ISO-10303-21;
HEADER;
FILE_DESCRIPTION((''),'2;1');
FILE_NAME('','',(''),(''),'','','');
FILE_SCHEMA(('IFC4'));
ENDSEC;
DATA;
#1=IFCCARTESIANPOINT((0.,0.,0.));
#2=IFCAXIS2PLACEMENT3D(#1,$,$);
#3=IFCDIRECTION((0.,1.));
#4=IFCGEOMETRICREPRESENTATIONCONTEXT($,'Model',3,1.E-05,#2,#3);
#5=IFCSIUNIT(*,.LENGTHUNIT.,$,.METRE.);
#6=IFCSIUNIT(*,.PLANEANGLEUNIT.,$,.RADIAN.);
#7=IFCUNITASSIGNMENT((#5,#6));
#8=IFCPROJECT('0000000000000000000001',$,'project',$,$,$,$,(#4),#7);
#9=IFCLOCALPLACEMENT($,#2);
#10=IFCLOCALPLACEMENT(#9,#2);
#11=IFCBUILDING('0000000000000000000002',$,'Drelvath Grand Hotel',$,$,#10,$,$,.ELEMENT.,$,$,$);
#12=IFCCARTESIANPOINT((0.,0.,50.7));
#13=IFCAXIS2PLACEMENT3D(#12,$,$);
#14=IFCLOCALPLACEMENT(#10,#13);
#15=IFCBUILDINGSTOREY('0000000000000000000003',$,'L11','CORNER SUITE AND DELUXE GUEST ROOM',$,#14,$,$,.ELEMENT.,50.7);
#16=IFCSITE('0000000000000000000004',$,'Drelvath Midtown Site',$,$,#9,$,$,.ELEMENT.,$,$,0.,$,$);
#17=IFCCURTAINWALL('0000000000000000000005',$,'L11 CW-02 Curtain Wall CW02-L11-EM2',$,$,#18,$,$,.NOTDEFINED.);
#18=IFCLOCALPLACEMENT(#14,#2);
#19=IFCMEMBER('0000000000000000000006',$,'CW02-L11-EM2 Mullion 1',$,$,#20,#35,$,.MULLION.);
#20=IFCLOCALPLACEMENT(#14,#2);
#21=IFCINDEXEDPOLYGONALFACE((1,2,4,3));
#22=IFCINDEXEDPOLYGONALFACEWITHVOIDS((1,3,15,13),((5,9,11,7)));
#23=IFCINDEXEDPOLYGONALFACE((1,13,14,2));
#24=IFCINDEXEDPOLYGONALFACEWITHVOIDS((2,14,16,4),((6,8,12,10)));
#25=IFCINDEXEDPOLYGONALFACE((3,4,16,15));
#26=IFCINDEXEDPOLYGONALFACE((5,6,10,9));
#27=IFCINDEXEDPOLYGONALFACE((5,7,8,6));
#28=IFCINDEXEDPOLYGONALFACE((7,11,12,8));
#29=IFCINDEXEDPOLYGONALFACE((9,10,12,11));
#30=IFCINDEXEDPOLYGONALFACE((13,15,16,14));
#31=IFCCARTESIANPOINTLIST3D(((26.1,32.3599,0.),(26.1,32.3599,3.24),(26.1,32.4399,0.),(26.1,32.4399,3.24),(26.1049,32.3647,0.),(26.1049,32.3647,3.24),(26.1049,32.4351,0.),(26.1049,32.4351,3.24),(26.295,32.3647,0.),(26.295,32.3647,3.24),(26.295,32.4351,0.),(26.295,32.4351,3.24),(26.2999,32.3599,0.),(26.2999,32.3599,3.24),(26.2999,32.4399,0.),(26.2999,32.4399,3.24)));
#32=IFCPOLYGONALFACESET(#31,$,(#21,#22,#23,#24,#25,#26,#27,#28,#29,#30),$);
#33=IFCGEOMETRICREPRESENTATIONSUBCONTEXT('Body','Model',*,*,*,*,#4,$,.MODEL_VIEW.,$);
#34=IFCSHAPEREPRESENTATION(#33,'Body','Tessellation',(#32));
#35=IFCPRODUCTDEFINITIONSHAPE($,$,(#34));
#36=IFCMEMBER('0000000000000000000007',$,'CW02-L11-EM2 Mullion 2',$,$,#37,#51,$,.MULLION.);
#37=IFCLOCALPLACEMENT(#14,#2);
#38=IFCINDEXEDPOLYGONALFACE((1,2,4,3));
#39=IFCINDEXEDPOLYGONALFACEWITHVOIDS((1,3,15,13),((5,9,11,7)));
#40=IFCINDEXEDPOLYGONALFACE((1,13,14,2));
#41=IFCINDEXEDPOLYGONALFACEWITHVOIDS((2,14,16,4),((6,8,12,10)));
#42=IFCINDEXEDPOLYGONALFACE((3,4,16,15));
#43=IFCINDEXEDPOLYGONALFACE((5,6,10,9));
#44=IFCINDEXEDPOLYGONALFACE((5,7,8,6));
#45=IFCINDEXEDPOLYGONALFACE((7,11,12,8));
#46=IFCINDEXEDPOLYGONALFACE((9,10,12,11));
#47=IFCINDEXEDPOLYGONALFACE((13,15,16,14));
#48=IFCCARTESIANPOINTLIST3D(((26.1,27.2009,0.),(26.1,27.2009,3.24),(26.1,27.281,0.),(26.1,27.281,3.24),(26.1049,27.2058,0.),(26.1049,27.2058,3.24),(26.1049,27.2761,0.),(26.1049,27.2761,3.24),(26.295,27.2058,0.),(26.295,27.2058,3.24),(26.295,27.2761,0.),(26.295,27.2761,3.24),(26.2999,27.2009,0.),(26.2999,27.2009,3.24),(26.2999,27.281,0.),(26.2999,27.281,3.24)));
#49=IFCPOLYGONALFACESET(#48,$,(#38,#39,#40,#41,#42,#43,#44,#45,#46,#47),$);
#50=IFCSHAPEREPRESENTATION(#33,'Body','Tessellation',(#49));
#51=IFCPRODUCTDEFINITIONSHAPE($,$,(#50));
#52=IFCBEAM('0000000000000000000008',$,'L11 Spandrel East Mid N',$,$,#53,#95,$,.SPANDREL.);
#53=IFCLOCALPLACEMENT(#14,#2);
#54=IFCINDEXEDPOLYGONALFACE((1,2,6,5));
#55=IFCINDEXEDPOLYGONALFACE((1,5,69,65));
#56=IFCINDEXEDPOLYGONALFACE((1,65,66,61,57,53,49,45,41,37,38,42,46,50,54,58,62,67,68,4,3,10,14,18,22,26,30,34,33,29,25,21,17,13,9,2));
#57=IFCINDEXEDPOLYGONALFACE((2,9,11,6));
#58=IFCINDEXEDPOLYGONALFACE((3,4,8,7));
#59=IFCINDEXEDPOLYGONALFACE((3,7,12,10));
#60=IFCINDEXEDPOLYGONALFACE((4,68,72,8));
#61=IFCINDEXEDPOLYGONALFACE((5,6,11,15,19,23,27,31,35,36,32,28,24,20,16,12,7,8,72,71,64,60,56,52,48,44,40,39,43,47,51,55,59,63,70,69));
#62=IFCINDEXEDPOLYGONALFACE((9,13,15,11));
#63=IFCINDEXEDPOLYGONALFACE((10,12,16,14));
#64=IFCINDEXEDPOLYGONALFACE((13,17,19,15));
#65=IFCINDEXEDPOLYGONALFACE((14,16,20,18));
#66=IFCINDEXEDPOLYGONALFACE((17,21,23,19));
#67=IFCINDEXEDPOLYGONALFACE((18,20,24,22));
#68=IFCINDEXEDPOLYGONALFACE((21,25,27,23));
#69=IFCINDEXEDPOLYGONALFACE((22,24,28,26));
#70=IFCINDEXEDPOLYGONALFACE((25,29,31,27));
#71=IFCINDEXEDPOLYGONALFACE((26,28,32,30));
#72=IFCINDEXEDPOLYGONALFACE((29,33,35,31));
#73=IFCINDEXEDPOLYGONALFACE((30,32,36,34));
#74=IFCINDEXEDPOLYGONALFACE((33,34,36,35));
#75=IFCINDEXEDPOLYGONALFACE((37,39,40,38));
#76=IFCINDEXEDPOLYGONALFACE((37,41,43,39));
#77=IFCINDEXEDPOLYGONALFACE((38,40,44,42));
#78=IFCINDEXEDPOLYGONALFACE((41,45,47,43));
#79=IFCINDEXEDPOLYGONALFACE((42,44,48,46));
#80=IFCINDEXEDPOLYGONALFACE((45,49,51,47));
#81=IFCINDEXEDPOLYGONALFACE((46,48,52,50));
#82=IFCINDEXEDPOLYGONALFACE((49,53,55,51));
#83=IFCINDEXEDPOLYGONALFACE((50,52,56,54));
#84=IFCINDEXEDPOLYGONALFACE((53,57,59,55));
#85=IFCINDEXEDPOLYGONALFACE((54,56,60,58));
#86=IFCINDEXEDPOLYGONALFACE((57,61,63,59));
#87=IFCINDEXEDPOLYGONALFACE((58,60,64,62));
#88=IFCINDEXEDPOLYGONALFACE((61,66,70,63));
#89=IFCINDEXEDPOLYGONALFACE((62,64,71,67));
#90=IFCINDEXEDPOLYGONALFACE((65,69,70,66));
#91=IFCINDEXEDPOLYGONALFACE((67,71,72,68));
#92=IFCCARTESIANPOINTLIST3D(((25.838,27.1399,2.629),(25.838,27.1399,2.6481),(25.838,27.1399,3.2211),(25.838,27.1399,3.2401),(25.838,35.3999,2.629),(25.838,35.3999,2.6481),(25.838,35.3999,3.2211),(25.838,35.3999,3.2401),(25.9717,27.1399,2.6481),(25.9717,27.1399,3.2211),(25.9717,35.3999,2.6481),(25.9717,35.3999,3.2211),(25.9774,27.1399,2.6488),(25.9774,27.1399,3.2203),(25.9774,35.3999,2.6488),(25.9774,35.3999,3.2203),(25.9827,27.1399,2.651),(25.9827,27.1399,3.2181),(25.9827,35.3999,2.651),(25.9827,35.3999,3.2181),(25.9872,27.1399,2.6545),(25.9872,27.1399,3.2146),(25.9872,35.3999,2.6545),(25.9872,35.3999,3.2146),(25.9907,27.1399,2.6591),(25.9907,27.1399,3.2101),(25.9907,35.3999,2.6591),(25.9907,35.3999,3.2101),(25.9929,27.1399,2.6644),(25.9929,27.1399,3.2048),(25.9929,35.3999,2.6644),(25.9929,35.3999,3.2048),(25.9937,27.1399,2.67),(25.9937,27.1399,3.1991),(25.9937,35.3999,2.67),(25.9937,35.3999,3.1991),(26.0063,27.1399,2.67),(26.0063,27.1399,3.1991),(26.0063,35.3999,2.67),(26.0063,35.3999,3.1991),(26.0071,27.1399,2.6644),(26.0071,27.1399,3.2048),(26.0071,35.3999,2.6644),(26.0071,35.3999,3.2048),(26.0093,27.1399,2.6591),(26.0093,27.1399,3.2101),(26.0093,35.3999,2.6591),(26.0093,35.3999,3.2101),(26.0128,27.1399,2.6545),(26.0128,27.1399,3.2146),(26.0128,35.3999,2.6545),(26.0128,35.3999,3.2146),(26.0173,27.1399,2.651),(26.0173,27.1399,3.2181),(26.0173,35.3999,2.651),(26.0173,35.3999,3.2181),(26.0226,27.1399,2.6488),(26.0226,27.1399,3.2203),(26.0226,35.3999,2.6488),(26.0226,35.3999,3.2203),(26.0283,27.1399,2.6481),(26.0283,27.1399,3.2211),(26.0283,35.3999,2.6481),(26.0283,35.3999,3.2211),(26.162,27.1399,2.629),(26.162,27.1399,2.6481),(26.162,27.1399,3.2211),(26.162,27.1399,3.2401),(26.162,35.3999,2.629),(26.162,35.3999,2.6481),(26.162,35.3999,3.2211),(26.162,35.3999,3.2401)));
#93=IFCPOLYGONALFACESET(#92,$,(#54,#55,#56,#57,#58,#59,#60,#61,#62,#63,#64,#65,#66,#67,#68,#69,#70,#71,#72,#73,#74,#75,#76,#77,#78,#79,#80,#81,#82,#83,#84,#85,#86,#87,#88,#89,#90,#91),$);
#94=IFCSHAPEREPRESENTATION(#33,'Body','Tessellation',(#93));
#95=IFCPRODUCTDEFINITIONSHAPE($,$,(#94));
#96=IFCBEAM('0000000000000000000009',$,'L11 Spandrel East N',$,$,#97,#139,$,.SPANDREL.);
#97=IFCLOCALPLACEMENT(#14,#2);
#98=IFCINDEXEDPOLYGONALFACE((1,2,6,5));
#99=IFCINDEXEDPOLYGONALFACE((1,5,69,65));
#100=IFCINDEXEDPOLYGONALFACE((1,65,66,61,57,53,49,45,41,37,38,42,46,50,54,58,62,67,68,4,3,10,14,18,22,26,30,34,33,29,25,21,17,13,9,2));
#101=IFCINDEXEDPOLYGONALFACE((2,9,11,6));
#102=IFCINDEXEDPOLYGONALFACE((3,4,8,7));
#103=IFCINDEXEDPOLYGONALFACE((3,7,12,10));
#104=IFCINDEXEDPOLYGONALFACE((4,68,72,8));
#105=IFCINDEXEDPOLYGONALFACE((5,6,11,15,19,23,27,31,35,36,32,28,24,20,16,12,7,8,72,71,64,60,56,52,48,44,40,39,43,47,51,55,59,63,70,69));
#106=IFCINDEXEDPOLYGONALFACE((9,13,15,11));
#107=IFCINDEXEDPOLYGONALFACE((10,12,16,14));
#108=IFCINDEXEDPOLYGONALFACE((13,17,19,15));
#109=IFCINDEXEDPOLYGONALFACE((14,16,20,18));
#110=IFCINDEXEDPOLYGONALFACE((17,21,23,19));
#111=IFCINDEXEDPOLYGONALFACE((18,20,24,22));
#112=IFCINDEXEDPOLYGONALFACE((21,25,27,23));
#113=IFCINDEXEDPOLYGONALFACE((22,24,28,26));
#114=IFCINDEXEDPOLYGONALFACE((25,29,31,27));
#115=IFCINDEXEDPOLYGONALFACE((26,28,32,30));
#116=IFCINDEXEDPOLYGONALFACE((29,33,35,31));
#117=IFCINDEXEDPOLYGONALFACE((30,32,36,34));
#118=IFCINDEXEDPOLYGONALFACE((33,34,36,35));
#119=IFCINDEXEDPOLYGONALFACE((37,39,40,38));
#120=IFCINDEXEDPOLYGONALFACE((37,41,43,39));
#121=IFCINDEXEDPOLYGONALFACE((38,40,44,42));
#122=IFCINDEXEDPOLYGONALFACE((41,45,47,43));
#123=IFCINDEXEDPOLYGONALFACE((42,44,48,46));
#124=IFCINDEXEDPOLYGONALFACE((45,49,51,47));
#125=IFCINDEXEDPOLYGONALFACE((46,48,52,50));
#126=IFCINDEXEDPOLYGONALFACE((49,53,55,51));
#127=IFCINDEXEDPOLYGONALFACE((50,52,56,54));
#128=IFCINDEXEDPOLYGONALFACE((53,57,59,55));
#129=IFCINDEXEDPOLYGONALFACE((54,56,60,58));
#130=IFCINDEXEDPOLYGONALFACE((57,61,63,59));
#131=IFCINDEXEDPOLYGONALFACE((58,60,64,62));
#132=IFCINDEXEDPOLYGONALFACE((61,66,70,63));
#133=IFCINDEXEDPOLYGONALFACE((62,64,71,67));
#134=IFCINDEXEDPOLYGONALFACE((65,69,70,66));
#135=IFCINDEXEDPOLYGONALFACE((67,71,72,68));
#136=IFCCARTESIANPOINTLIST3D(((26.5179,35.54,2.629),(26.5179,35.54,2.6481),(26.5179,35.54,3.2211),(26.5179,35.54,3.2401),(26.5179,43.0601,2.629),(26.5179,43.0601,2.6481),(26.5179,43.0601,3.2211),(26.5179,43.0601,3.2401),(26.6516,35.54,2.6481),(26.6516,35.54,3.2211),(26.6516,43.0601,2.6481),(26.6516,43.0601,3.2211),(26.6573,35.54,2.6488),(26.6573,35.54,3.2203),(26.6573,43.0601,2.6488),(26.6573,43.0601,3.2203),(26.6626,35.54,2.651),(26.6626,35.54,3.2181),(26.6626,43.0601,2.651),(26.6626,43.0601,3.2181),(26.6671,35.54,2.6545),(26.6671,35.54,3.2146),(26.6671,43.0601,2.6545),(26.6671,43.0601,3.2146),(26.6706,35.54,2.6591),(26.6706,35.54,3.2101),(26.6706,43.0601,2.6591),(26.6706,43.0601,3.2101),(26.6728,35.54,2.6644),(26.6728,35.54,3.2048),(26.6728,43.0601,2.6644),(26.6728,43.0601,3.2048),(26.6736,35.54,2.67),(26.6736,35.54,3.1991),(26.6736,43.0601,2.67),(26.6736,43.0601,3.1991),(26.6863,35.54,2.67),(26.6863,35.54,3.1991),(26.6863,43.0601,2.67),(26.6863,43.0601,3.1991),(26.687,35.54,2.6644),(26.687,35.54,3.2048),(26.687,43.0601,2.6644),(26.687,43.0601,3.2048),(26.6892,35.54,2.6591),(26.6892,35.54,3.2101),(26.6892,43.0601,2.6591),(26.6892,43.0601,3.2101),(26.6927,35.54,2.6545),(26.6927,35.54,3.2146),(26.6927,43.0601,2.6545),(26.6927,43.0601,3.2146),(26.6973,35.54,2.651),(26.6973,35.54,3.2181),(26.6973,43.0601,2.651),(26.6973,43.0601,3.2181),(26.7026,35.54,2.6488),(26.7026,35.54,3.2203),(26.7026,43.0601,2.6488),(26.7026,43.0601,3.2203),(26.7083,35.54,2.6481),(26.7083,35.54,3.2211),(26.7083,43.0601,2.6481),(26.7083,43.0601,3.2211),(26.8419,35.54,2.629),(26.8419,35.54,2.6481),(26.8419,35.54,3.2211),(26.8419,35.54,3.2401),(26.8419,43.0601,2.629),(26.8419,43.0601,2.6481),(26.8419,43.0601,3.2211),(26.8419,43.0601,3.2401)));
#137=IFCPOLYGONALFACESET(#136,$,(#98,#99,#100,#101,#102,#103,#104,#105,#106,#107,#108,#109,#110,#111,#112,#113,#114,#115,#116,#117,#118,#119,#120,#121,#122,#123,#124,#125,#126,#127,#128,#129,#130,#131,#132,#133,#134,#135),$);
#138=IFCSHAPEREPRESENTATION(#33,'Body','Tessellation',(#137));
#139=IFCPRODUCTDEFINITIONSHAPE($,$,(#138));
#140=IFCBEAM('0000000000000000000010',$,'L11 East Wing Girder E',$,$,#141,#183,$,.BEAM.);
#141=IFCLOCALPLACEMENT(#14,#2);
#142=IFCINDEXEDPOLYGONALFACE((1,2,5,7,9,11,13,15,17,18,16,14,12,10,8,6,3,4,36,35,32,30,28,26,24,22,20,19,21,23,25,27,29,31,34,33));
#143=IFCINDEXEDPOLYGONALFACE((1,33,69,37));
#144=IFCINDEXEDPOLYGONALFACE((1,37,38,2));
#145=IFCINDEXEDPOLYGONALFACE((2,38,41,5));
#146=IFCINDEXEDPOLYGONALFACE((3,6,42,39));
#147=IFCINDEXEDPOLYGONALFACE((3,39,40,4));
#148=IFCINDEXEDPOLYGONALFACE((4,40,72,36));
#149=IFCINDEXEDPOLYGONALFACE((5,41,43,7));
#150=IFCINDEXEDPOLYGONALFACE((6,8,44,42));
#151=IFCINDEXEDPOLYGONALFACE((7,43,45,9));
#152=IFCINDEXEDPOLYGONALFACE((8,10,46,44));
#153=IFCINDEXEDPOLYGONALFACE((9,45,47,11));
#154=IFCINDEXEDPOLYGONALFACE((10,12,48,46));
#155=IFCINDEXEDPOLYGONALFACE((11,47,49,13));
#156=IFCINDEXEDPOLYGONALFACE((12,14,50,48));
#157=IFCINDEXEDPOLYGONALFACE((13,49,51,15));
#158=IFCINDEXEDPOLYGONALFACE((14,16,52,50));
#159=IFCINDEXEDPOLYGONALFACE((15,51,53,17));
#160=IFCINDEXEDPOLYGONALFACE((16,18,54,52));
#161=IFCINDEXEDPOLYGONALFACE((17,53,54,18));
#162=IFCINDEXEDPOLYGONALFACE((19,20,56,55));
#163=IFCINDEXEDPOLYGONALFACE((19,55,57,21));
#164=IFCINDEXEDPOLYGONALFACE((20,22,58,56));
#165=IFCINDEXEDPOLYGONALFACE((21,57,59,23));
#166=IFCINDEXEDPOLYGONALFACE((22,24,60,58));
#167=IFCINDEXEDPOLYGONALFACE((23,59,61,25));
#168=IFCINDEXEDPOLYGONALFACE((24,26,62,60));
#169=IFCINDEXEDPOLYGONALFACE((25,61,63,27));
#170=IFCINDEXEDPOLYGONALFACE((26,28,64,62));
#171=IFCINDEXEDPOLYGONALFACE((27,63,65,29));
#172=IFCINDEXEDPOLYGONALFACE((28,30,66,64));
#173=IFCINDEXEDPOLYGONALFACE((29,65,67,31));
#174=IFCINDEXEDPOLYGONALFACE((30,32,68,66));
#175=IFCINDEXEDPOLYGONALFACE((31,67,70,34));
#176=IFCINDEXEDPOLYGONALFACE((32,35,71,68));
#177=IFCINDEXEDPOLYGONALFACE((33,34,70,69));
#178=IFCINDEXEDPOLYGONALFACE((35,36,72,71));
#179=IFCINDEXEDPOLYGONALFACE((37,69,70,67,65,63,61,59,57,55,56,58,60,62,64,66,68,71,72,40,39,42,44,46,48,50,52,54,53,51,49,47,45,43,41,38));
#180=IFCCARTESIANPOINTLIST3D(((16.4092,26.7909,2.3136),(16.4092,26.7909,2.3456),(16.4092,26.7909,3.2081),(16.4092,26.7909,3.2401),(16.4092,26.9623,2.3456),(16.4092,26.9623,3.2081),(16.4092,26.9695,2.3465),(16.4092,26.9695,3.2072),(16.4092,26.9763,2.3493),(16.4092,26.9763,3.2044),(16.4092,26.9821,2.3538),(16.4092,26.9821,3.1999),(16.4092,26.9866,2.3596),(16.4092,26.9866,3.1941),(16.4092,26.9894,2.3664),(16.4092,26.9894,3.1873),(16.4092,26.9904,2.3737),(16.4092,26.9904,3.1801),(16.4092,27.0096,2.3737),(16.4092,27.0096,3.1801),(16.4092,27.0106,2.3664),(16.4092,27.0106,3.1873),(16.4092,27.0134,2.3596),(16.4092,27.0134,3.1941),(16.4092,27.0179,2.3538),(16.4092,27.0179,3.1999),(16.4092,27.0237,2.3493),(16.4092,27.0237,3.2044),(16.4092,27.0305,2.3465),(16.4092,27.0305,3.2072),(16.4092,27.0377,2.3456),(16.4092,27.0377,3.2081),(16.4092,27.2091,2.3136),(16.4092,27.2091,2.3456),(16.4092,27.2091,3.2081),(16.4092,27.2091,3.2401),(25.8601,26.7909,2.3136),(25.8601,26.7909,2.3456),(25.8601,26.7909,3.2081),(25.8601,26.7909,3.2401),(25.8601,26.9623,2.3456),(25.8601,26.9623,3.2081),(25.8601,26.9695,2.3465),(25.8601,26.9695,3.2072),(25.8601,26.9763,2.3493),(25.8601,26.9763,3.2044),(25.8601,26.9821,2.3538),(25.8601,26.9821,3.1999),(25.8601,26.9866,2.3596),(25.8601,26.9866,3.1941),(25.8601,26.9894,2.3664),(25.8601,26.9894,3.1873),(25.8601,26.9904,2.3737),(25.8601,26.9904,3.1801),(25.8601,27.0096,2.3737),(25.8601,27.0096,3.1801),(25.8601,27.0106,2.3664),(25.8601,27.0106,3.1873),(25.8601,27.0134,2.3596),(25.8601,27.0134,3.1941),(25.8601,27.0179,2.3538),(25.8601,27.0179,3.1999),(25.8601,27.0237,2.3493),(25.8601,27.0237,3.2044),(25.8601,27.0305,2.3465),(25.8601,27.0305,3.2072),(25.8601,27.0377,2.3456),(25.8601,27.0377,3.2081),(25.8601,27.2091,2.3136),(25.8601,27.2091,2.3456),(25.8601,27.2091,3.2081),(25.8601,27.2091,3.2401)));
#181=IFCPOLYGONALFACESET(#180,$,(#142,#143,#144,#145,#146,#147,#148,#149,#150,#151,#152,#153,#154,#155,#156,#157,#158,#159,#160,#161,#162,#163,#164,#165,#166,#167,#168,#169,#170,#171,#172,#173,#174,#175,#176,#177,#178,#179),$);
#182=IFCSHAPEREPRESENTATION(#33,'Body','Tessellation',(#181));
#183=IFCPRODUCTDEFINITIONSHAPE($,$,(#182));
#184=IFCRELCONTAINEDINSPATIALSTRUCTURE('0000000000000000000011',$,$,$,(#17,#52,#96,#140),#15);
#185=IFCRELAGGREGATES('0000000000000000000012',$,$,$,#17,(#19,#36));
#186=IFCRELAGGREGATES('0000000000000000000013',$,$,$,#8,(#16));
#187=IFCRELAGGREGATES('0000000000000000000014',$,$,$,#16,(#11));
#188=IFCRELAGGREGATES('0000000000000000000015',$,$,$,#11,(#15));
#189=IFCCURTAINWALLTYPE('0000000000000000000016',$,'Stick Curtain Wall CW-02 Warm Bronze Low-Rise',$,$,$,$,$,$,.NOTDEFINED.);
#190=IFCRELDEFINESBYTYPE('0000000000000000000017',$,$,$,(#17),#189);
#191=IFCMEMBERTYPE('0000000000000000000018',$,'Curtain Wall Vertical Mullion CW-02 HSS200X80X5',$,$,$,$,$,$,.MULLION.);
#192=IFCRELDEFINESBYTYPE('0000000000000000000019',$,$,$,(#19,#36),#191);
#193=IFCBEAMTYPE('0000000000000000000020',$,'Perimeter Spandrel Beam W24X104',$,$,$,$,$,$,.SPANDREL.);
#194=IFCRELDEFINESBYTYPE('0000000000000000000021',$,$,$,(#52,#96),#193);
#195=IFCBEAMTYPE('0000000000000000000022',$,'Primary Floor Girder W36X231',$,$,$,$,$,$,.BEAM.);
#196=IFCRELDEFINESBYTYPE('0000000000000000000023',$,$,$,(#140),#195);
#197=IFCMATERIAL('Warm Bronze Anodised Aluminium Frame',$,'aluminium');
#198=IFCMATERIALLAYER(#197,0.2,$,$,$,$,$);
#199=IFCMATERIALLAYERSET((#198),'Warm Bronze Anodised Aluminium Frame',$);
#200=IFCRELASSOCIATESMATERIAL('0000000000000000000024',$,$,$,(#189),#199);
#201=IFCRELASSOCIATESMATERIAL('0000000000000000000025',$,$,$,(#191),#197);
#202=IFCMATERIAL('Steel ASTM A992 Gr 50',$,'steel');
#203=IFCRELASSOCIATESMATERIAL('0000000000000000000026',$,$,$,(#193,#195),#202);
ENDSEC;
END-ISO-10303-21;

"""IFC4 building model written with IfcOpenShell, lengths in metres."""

from ifc_helpers import new_model, si_unit, direction, frame, origin, origin_2d, place, context, subcontext, project, spatial, hollow_rectangle, i_section, extrude, material, layer, layer_set, material_profile, profile_set, type_object, element, aggregate, save


model = new_model("IFC4")

# Units and contexts
model_context = context("Model", 3, precision=1e-05, world=origin(), true_north=direction((0.0, 1.0)))
body_context = subcontext(model_context, "Body", "Model", "MODEL_VIEW")
ifc_project = project(units=[si_unit("LENGTHUNIT", "METRE"), si_unit("PLANEANGLEUNIT", "RADIAN")], contexts=[model_context])

# Site, building, storey
site_placement = place(None, origin())
site = spatial("IfcSite", under=ifc_project, at=site_placement, Name="Drelvath Midtown Site", CompositionType="ELEMENT", RefElevation=0.0)
building_placement = place(site_placement, origin())
building = spatial("IfcBuilding", under=site, at=building_placement, Name="Drelvath Grand Hotel", CompositionType="ELEMENT")
storey_placement = place(building_placement, frame((0.0, 0.0, 50.7)))
storey = spatial("IfcBuildingStorey", under=building, at=storey_placement, Name="L11", Description="CORNER SUITE AND DELUXE GUEST ROOM", CompositionType="ELEMENT", Elevation=50.7)

# Curtain wall
ifc_material_1 = material(Name="Warm Bronze Anodised Aluminium Frame", Category="aluminium")
ifc_layer_1 = layer(ifc_material_1, 0.2)
ifc_layer_set_1 = layer_set([ifc_layer_1], Name="Warm Bronze Anodised Aluminium Frame")
curtain_wall_type = type_object("IfcCurtainWallType", Name="Stick Curtain Wall CW-02 Warm Bronze Low-Rise", PredefinedType="NOTDEFINED", material=ifc_layer_set_1)
curtain_wall_1_placement = place(storey_placement, origin())
curtain_wall_1 = element("IfcCurtainWall", 1, at=curtain_wall_1_placement, inside=storey, type_object=curtain_wall_type, Name="L11 CW-02 Curtain Wall CW02-L11-EM2", PredefinedType="NOTDEFINED")

# Shared definitions
ifc_material_profile_1 = material_profile(ifc_material_1, hollow_rectangle(XDim=0.0801, YDim=0.2, WallThickness=0.0049, at=origin_2d()), Name="HSS200X80X5")
ifc_profile_set_1 = profile_set([ifc_material_profile_1], Name="Warm Bronze Anodised Aluminium Frame")
member_type_1 = type_object("IfcMemberType", Name="Curtain Wall Vertical Mullion CW-02 HSS200X80X5", PredefinedType="MULLION", material=ifc_profile_set_1)

# Members
member_1_placement = place(storey_placement, frame((26.2, 32.3999, 0.0), z_axis=(0.0, 0.0, 1.0), x_axis=(0.0, 1.0, 0.0)))
member_1 = element("IfcMember", 2, at=member_1_placement, type_object=member_type_1, Name="CW02-L11-EM2 Mullion 1", PredefinedType="MULLION", context=body_context, shape_type="SweptSolid", body=[
    extrude(hollow_rectangle(XDim=0.0801, YDim=0.2, WallThickness=0.0049, at=origin_2d()), origin(), (0.0, 0.0, 1.0), 3.24),
])
member_2_placement = place(storey_placement, frame((26.2, 27.241, 0.0), z_axis=(0.0, 0.0, 1.0), x_axis=(0.0, 1.0, 0.0)))
member_2 = element("IfcMember", 3, at=member_2_placement, type_object=member_type_1, Name="CW02-L11-EM2 Mullion 2", PredefinedType="MULLION", context=body_context, shape_type="SweptSolid", body=[
    extrude(hollow_rectangle(XDim=0.0801, YDim=0.2, WallThickness=0.0049, at=origin_2d()), origin(), (0.0, 0.0, 1.0), 3.24),
])

# Beams
ifc_material_2 = material(Name="Steel ASTM A992 Gr 50", Category="steel")
ifc_material_profile_2 = material_profile(ifc_material_2, i_section(OverallWidth=0.324, OverallDepth=0.6111, WebThickness=0.0127, FlangeThickness=0.019, FilletRadius=0.022, at=origin_2d()), Name="W24X104")
ifc_profile_set_2 = profile_set([ifc_material_profile_2], Name="Steel ASTM A992 Gr 50")
beam_type_1 = type_object("IfcBeamType", Name="Perimeter Spandrel Beam W24X104", PredefinedType="SPANDREL", material=ifc_profile_set_2)
beam_1_placement = place(storey_placement, frame((26.0, 27.1399, 2.9346), z_axis=(0.0, 1.0, 0.0), x_axis=(-1.0, 0.0, 0.0)))
element("IfcBeam", 4, at=beam_1_placement, inside=storey, type_object=beam_type_1, Name="L11 Spandrel East Mid N", PredefinedType="SPANDREL", context=body_context, shape_type="SweptSolid", body=[
    extrude(i_section(OverallWidth=0.324, OverallDepth=0.6111, WebThickness=0.0127, FlangeThickness=0.019, FilletRadius=0.022, at=origin_2d()), origin(), (0.0, 0.0, 1.0), 8.26),
])
beam_2_placement = place(storey_placement, frame((26.6799, 35.54, 2.9346), z_axis=(0.0, 1.0, 0.0), x_axis=(-1.0, 0.0, 0.0)))
element("IfcBeam", 5, at=beam_2_placement, inside=storey, type_object=beam_type_1, Name="L11 Spandrel East N", PredefinedType="SPANDREL", context=body_context, shape_type="SweptSolid", body=[
    extrude(i_section(OverallWidth=0.324, OverallDepth=0.6111, WebThickness=0.0127, FlangeThickness=0.019, FilletRadius=0.022, at=origin_2d()), origin(), (0.0, 0.0, 1.0), 7.52),
])
ifc_material_profile_3 = material_profile(ifc_material_2, i_section(OverallWidth=0.4182, OverallDepth=0.9265, WebThickness=0.0193, FlangeThickness=0.032, FilletRadius=0.0281, at=origin_2d()), Name="W36X231")
ifc_profile_set_3 = profile_set([ifc_material_profile_3], Name="Steel ASTM A992 Gr 50")
beam_type_2 = type_object("IfcBeamType", Name="Primary Floor Girder W36X231", PredefinedType="BEAM", material=ifc_profile_set_3)
beam_3_placement = place(storey_placement, frame((16.4092, 27.0, 2.7769), z_axis=(1.0, 0.0, 0.0), x_axis=(0.0, 1.0, 0.0)))
element("IfcBeam", 6, at=beam_3_placement, inside=storey, type_object=beam_type_2, Name="L11 East Wing Girder E", PredefinedType="BEAM", context=body_context, shape_type="SweptSolid", body=[
    extrude(i_section(OverallWidth=0.4182, OverallDepth=0.9265, WebThickness=0.0193, FlangeThickness=0.032, FilletRadius=0.0281, at=origin_2d()), origin(), (0.0, 0.0, 1.0), 9.4509),
])

aggregate(curtain_wall_1, [member_1, member_2])

save(model, "model.ifc")
